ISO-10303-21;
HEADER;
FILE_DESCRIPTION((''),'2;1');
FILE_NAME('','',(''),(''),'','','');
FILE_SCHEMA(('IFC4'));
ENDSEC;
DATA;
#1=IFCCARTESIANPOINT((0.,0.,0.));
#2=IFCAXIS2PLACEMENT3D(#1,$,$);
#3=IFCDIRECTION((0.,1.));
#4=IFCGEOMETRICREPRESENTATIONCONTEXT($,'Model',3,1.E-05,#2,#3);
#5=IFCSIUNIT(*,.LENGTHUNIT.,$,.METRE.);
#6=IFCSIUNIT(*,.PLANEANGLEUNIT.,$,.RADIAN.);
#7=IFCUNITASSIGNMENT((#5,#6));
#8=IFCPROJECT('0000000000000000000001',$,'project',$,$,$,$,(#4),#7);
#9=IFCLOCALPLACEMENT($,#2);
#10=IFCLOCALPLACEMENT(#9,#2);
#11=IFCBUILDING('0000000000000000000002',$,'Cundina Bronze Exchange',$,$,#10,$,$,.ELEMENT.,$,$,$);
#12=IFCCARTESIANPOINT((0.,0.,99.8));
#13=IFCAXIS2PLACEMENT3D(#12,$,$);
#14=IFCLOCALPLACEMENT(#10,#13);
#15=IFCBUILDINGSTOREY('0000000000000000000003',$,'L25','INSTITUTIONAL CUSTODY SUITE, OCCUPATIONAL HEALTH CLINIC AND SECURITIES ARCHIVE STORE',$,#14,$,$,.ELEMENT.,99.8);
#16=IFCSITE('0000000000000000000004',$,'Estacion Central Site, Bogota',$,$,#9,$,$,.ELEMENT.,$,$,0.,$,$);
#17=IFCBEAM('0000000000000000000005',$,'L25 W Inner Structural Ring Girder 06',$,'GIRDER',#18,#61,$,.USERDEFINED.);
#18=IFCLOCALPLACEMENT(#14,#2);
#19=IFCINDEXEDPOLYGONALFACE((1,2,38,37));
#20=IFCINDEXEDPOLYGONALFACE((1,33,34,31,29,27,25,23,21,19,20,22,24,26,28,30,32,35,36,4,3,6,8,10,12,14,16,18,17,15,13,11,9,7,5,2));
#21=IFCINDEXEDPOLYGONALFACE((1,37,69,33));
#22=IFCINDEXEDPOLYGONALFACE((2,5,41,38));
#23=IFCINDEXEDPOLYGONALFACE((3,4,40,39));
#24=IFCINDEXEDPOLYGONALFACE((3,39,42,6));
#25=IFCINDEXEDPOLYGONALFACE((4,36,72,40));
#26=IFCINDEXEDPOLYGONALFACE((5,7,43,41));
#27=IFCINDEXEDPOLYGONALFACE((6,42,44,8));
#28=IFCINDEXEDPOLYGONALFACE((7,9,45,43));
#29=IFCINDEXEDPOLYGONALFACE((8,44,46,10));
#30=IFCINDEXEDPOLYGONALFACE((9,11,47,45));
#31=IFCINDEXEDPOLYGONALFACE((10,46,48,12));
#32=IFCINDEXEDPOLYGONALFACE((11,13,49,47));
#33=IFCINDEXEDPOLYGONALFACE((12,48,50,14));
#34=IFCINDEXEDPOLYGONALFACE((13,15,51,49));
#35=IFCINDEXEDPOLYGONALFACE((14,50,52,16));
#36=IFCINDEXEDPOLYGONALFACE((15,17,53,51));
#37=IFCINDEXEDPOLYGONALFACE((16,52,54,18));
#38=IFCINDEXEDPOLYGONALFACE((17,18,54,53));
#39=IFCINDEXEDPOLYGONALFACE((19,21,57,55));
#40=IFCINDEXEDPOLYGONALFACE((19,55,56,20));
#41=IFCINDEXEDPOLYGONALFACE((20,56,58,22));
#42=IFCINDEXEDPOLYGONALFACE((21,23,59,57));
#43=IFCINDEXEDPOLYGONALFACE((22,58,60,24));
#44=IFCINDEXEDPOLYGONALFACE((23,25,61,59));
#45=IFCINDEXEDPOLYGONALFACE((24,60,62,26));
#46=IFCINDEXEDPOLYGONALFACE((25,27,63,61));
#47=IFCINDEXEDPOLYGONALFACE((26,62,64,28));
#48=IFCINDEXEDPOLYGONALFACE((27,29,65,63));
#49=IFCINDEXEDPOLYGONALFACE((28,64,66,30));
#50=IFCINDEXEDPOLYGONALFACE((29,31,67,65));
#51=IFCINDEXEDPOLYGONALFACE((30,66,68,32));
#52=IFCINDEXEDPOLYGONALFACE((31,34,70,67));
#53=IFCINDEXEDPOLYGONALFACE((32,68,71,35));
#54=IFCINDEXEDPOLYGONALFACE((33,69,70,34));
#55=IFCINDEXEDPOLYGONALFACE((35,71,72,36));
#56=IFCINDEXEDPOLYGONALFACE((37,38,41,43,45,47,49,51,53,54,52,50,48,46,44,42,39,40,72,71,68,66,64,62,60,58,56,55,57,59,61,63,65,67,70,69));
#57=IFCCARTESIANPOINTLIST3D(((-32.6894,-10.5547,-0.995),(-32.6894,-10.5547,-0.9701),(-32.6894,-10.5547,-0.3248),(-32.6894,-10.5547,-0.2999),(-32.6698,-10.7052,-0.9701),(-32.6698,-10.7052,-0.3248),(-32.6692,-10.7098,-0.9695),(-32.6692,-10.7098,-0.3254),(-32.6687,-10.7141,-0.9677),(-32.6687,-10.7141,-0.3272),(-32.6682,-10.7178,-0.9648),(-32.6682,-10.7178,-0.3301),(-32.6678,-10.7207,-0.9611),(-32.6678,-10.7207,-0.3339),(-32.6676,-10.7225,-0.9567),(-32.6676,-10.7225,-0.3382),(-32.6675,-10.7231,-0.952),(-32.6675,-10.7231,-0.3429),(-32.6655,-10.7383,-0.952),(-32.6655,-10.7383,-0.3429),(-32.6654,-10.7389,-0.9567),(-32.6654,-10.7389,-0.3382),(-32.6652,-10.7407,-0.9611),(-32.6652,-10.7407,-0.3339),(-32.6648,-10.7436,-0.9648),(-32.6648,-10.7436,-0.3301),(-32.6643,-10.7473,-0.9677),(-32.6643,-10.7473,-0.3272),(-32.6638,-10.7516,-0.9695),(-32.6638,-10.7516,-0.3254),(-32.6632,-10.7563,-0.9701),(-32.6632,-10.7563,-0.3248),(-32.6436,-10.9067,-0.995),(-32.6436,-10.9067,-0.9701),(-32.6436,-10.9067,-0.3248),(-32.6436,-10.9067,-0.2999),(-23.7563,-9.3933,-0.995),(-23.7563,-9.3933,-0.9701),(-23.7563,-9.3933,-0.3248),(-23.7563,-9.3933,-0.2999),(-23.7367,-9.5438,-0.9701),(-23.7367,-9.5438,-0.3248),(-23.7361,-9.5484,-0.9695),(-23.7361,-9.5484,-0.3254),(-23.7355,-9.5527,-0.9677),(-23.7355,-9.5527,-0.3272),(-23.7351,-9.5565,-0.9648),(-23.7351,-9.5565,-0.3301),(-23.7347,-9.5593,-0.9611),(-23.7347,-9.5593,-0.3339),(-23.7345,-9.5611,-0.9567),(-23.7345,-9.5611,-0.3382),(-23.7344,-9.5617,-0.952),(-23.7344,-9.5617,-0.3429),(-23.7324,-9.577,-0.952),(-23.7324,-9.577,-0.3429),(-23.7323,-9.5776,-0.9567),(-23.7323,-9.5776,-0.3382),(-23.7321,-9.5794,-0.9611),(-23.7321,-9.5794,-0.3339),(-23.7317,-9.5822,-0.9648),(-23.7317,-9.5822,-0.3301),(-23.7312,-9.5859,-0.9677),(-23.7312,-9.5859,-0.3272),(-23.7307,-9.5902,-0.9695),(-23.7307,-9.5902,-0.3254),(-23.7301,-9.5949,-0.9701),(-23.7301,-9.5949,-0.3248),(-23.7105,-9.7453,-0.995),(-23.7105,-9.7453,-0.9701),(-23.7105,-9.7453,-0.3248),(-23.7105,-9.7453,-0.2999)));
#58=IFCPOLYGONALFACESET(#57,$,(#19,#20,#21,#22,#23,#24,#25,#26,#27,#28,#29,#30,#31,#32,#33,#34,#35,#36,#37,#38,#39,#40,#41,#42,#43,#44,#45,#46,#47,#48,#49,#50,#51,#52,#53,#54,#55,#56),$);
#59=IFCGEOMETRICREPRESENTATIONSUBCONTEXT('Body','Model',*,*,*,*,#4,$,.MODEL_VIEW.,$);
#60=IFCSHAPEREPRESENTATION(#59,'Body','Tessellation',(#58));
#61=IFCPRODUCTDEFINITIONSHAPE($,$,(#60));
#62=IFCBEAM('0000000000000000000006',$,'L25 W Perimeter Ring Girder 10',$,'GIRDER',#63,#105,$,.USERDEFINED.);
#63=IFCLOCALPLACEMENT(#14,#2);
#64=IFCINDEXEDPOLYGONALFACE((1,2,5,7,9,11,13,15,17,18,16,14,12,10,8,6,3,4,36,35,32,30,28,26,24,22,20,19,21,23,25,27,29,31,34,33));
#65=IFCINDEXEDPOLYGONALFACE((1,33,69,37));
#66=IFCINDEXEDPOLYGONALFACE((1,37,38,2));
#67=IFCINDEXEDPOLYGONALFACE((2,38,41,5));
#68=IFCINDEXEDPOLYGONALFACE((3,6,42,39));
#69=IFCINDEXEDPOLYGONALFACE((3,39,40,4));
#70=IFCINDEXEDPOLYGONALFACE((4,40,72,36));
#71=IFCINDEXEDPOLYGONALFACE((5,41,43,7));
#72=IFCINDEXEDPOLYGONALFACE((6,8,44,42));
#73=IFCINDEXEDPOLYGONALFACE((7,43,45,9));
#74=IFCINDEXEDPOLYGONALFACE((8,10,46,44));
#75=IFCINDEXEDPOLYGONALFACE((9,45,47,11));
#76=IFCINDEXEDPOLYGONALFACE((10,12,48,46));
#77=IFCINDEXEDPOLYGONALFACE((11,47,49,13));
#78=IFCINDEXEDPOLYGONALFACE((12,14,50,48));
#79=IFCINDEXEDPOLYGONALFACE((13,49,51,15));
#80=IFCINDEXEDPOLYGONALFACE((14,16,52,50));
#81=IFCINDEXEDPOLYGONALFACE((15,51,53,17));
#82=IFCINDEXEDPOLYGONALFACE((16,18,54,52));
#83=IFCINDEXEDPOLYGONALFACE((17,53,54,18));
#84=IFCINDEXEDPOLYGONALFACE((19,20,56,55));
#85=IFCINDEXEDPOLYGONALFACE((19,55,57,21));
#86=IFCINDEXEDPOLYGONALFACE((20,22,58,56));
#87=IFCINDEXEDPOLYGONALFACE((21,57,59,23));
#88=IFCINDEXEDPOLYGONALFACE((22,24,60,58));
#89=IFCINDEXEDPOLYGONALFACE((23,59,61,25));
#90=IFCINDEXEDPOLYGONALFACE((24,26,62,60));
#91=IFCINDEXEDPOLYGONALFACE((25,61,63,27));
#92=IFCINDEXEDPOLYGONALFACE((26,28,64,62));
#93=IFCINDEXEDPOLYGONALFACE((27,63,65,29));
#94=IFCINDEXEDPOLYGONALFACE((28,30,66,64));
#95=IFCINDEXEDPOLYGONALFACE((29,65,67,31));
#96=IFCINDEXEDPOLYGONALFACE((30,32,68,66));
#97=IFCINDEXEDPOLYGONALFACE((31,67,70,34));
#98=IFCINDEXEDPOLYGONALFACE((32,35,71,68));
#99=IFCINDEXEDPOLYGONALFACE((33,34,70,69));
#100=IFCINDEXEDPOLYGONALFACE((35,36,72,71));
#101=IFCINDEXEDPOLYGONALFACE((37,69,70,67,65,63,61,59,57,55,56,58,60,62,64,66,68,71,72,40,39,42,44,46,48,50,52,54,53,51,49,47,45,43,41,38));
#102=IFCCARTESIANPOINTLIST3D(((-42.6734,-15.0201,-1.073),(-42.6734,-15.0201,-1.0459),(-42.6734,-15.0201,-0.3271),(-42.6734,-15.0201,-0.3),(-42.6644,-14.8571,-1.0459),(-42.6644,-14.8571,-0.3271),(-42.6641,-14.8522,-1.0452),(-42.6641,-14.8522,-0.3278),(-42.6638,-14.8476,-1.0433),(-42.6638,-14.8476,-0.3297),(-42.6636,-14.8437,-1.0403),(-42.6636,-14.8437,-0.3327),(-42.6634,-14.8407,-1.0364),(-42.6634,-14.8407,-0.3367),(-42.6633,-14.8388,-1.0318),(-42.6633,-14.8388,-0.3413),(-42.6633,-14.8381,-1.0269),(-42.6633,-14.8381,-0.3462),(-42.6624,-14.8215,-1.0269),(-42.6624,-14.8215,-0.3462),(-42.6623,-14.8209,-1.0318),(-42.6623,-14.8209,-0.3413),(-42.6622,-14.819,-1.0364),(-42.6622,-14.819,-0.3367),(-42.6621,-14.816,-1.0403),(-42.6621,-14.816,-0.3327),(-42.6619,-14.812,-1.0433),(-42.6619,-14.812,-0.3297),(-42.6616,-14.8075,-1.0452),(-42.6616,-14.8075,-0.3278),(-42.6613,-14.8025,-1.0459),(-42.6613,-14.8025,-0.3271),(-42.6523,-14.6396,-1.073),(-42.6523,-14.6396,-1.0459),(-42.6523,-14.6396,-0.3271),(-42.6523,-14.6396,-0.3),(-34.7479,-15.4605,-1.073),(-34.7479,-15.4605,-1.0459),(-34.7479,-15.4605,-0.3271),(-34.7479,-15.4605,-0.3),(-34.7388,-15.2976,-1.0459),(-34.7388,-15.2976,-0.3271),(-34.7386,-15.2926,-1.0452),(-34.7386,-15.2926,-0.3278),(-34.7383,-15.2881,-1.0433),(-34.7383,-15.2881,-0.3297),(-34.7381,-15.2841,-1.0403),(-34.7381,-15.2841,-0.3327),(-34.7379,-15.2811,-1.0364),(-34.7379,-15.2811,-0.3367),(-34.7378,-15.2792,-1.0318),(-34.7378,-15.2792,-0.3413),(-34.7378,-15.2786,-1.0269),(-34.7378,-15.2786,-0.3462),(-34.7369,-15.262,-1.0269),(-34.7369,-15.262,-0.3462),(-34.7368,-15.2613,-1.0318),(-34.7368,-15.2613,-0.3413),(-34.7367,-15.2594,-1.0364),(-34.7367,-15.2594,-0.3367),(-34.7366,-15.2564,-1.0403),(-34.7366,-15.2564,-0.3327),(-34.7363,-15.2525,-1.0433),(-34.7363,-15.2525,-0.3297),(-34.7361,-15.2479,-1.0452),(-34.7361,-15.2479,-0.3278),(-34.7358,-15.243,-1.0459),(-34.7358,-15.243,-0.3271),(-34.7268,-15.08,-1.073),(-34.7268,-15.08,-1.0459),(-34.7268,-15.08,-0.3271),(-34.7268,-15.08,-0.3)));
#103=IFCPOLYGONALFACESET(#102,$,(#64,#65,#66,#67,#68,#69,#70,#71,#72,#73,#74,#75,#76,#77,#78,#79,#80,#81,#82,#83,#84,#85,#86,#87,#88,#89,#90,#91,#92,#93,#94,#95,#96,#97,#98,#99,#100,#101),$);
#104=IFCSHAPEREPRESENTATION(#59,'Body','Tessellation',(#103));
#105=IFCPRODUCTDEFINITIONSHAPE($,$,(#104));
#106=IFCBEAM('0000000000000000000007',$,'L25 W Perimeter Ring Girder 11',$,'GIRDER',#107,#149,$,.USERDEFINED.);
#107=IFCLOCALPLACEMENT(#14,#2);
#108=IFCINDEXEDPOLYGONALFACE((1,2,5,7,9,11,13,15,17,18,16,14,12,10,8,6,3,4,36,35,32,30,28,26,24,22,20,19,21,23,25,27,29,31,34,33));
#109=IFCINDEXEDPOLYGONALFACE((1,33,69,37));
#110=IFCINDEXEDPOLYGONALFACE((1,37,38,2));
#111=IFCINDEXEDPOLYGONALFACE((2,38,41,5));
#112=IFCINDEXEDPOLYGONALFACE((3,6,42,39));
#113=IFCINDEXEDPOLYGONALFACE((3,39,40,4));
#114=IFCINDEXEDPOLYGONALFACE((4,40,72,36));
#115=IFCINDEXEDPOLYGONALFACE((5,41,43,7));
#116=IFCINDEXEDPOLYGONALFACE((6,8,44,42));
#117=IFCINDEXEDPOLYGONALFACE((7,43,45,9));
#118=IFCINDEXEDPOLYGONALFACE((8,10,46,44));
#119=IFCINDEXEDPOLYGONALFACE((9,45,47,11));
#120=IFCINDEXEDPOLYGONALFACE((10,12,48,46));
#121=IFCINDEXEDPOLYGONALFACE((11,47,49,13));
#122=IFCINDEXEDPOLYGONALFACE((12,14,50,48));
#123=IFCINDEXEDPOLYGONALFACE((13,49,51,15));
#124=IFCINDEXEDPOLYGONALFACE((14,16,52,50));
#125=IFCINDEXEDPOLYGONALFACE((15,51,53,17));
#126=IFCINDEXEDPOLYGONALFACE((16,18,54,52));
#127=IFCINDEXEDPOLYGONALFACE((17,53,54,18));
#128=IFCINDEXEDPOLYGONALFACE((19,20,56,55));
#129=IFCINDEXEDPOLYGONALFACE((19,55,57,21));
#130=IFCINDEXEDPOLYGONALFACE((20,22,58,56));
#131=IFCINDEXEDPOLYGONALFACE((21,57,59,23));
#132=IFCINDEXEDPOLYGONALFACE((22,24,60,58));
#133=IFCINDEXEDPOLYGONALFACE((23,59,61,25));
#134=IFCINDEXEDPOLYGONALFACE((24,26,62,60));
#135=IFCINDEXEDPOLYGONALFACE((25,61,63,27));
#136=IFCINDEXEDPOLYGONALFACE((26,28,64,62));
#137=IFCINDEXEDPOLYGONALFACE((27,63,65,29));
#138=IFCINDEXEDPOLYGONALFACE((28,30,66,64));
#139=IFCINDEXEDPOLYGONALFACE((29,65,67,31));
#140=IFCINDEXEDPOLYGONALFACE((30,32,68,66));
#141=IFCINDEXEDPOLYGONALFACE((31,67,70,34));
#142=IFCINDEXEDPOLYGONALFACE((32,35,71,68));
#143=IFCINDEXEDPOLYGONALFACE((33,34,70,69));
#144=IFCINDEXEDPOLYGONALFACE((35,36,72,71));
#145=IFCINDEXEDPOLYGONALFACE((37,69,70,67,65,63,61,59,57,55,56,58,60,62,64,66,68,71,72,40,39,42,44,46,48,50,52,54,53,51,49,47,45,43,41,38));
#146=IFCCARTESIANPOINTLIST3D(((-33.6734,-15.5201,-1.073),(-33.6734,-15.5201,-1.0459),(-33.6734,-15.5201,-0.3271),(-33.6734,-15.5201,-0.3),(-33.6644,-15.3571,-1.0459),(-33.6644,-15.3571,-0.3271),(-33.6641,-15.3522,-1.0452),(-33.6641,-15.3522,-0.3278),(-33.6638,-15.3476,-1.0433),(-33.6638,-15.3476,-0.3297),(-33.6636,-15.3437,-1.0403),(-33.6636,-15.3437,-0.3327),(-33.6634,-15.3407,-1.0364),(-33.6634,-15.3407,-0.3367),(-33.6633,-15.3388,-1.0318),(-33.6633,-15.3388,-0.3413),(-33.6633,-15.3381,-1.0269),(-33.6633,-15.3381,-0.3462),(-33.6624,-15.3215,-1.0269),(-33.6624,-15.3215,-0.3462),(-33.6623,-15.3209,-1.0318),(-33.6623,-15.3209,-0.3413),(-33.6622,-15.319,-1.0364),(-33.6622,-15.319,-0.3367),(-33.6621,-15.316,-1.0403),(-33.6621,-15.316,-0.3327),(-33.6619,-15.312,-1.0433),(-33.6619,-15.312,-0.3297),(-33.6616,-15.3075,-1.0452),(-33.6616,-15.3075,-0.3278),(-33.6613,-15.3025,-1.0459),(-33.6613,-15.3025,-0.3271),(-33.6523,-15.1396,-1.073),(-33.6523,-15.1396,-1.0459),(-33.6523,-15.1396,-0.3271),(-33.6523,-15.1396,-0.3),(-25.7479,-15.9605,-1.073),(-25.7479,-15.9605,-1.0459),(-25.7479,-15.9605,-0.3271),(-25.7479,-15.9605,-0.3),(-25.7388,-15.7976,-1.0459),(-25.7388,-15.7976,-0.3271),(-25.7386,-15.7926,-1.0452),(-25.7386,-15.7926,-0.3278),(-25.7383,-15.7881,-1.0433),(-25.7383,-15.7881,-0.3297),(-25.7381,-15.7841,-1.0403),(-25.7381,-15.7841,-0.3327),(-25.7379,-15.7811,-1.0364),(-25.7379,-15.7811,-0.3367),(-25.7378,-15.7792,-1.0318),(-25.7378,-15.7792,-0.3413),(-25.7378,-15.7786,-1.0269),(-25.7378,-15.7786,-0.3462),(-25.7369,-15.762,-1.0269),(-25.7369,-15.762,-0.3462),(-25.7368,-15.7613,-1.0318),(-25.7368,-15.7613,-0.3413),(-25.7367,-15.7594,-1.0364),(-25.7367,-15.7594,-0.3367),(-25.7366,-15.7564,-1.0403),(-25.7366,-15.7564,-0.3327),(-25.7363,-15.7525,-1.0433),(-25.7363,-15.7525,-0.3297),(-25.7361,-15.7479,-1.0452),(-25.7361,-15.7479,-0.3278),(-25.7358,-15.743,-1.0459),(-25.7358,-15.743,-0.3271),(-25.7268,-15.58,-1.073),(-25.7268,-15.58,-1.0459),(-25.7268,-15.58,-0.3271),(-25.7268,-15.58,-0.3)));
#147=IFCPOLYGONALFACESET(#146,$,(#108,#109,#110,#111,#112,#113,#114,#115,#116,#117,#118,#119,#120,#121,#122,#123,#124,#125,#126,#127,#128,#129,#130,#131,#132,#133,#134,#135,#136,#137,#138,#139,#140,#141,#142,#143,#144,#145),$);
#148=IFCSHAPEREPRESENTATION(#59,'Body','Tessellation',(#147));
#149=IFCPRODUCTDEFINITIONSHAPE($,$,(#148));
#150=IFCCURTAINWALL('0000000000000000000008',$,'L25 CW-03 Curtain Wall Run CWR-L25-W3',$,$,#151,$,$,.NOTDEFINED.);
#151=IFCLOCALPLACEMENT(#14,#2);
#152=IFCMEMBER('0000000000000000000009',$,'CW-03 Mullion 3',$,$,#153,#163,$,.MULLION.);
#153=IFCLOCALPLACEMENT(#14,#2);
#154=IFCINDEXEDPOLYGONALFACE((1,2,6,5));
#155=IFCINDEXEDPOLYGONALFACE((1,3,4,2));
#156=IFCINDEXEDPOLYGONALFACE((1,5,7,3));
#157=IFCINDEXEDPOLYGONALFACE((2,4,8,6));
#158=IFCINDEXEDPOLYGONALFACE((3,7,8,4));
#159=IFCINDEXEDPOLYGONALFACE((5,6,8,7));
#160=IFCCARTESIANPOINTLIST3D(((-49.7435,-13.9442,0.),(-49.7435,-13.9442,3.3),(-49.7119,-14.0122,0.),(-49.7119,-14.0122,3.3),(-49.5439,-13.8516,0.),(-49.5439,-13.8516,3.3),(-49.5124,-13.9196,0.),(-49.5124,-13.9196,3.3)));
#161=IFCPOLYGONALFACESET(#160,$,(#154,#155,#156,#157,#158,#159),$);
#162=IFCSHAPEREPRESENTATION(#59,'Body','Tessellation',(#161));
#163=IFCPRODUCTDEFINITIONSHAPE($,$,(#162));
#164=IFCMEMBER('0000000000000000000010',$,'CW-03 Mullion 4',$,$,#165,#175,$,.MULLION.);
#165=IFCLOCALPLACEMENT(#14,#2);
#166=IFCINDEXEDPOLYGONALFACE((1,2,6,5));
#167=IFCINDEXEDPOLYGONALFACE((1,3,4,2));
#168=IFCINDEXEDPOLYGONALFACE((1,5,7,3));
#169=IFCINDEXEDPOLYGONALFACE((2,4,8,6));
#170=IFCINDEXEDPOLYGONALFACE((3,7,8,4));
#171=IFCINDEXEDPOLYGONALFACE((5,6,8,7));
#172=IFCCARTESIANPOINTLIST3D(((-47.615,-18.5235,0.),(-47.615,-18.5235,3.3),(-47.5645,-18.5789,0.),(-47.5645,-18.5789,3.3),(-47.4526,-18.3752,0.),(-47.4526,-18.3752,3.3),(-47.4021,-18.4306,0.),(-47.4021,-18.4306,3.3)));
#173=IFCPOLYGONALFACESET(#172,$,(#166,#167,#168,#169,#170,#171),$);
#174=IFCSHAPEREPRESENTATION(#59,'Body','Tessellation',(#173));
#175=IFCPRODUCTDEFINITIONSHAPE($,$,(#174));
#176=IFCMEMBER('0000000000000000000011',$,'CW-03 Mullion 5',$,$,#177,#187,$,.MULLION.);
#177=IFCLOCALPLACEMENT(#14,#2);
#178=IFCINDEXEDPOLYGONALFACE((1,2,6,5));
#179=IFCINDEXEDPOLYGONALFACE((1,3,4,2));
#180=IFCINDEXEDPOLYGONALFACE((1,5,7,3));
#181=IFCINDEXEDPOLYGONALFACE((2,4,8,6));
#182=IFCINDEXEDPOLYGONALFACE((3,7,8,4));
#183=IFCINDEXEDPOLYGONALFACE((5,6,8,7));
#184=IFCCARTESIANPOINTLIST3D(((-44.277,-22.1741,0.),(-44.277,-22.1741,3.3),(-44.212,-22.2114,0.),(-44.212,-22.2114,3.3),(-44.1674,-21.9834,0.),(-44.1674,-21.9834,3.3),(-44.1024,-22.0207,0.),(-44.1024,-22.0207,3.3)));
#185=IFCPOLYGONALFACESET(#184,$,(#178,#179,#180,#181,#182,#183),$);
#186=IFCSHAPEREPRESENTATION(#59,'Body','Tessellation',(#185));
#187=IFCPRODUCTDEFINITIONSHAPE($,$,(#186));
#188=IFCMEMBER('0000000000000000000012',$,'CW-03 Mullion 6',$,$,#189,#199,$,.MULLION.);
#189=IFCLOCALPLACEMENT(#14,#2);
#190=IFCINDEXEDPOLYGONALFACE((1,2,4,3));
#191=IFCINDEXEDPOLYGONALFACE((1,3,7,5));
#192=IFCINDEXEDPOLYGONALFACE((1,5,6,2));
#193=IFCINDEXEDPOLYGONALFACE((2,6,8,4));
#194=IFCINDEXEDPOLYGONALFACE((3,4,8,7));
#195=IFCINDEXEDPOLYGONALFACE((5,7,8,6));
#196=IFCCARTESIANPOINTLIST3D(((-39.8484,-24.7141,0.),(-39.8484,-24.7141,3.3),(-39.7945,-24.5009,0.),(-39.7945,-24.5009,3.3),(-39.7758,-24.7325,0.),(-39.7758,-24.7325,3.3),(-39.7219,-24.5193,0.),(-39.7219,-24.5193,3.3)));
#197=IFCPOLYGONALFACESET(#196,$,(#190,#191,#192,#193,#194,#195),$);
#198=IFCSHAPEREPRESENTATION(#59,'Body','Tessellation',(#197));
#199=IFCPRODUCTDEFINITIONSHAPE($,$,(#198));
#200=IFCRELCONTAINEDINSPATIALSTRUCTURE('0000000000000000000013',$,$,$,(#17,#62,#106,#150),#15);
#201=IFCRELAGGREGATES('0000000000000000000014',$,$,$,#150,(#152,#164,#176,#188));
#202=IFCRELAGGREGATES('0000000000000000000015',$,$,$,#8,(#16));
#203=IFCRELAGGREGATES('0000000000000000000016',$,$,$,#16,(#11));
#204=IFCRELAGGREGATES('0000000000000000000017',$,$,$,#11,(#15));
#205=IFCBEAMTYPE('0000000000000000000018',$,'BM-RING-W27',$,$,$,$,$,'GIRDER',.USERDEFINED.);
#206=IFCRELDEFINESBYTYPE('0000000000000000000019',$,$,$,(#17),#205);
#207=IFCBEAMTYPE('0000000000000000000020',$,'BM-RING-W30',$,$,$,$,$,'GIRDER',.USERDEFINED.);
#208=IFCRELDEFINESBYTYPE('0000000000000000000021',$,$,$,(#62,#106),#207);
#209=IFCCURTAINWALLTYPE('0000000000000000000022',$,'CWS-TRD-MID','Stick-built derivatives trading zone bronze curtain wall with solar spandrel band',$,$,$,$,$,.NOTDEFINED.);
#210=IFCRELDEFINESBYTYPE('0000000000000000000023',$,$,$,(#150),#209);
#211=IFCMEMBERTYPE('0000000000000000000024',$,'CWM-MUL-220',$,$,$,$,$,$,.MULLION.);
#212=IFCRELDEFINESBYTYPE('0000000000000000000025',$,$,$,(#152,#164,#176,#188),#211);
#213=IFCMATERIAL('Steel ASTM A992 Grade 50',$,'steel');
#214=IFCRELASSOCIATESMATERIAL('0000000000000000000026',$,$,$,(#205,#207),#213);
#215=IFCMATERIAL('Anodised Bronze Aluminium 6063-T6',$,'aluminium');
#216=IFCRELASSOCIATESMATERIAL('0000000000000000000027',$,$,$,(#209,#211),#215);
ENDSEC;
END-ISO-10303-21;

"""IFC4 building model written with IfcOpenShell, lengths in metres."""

from ifc_helpers import new_model, si_unit, direction, frame, origin, origin_2d, place, context, subcontext, project, spatial, rectangle, i_section, extrude, material, material_profile, profile_set, type_object, element, aggregate, save


model = new_model("IFC4")

# Units and contexts
model_context = context("Model", 3, precision=1e-05, world=origin(), true_north=direction((0.0, 1.0)))
body_context = subcontext(model_context, "Body", "Model", "MODEL_VIEW")
ifc_project = project(units=[si_unit("LENGTHUNIT", "METRE"), si_unit("PLANEANGLEUNIT", "RADIAN")], contexts=[model_context])

# Site, building, storey
site_placement = place(None, origin())
site = spatial("IfcSite", under=ifc_project, at=site_placement, Name="Estacion Central Site, Bogota", CompositionType="ELEMENT", RefElevation=0.0)
building_placement = place(site_placement, origin())
building = spatial("IfcBuilding", under=site, at=building_placement, Name="Cundina Bronze Exchange", CompositionType="ELEMENT")
storey_placement = place(building_placement, frame((0.0, 0.0, 99.8)))
storey = spatial("IfcBuildingStorey", under=building, at=storey_placement, Name="L25", Description="INSTITUTIONAL CUSTODY SUITE, OCCUPATIONAL HEALTH CLINIC AND SECURITIES ARCHIVE STORE", CompositionType="ELEMENT", Elevation=99.8)

# Beams
ifc_material_1 = material(Name="Steel ASTM A992 Grade 50", Category="steel")
ifc_material_profile_1 = material_profile(ifc_material_1, i_section(OverallWidth=0.355, OverallDepth=0.6951, WebThickness=0.0154, FlangeThickness=0.0249, FilletRadius=0.0181, at=origin_2d()), Name="W27X146", Category="steel")
ifc_profile_set_1 = profile_set([ifc_material_profile_1], Name="Steel ASTM A992 Grade 50")
beam_type_1 = type_object("IfcBeamType", Name="BM-RING-W27", ElementType="GIRDER", PredefinedType="USERDEFINED", material=ifc_profile_set_1)
beam_1_placement = place(storey_placement, frame((-32.6665, -10.7307, -0.6475), z_axis=(0.991655, 0.128923, 0.0), x_axis=(-0.128923, 0.991655, 0.0)))
element("IfcBeam", 1, at=beam_1_placement, inside=storey, type_object=beam_type_1, Name="L25 W Inner Structural Ring Girder 06", ObjectType="GIRDER", PredefinedType="USERDEFINED", context=body_context, shape_type="SweptSolid", body=[
    extrude(i_section(OverallWidth=0.355, OverallDepth=0.6951, WebThickness=0.0154, FlangeThickness=0.0249, FilletRadius=0.0181, at=origin_2d()), origin(), (0.0, 0.0, 1.0), 9.0083),
])
ifc_material_profile_2 = material_profile(ifc_material_1, i_section(OverallWidth=0.3811, OverallDepth=0.7729, WebThickness=0.0166, FlangeThickness=0.0271, FilletRadius=0.019, at=origin_2d()), Name="W30X173", Category="steel")
ifc_profile_set_2 = profile_set([ifc_material_profile_2], Name="Steel ASTM A992 Grade 50")
beam_type_2 = type_object("IfcBeamType", Name="BM-RING-W30", ElementType="GIRDER", PredefinedType="USERDEFINED", material=ifc_profile_set_2)
for number, where, z_axis, x_axis, name in (
    (2, (-42.6628, -14.8298, -0.6865), (0.99846, -0.055485, 0.0), (0.055485, 0.99846, 0.0), "L25 W Perimeter Ring Girder 10"),
    (3, (-33.6628, -15.3298, -0.6865), (0.99846, -0.055485, 0.0), (0.055485, 0.99846, 0.0), "L25 W Perimeter Ring Girder 11"),
):
    element("IfcBeam", number, at=place(storey_placement, frame(where, z_axis=z_axis, x_axis=x_axis)), inside=storey, type_object=beam_type_2, Name=name, ObjectType="GIRDER", PredefinedType="USERDEFINED", context=body_context, shape_type="SweptSolid", body=[
        extrude(i_section(OverallWidth=0.3811, OverallDepth=0.7729, WebThickness=0.0166, FlangeThickness=0.0271, FilletRadius=0.019, at=origin_2d()), origin(), (0.0, 0.0, 1.0), 7.9377),
    ])

# Curtain wall, members
ifc_material_2 = material(Name="Anodised Bronze Aluminium 6063-T6", Category="aluminium")
curtain_wall_type = type_object("IfcCurtainWallType", Name="CWS-TRD-MID", Description="Stick-built derivatives trading zone bronze curtain wall with solar spandrel band", PredefinedType="NOTDEFINED", material=ifc_material_2)
curtain_wall_placement = place(storey_placement, origin())
curtain_wall = element("IfcCurtainWall", 4, at=curtain_wall_placement, inside=storey, type_object=curtain_wall_type, Name="L25 CW-03 Curtain Wall Run CWR-L25-W3", PredefinedType="NOTDEFINED")
ifc_material_profile_3 = material_profile(ifc_material_2, rectangle(XDim=0.075, YDim=0.22, at=origin_2d()), Name="AL75X220", Category="aluminium")
ifc_profile_set_3 = profile_set([ifc_material_profile_3], Name="Anodised Bronze Aluminium 6063-T6")
member_type_1 = type_object("IfcMemberType", Name="CWM-MUL-220", PredefinedType="MULLION", material=ifc_profile_set_3)
member_1_placement = place(storey_placement, frame((-49.6279, -13.9319, 0.0), z_axis=(0.0, 0.0, 1.0), x_axis=(0.420877, -0.907117, 0.0)))
member_1 = element("IfcMember", 5, at=member_1_placement, type_object=member_type_1, Name="CW-03 Mullion 3", PredefinedType="MULLION", context=body_context, shape_type="SweptSolid", body=[
    extrude(rectangle(XDim=0.075, YDim=0.22, at=origin_2d()), origin(), (0.0, 0.0, 1.0), 3.3),
])
member_2_placement = place(storey_placement, frame((-47.5085, -18.4771, 0.0), z_axis=(0.0, 0.0, 1.0), x_axis=(0.674302, -0.738455, 0.0)))
member_2 = element("IfcMember", 6, at=member_2_placement, type_object=member_type_1, Name="CW-03 Mullion 4", PredefinedType="MULLION", context=body_context, shape_type="SweptSolid", body=[
    extrude(rectangle(XDim=0.075, YDim=0.22, at=origin_2d()), origin(), (0.0, 0.0, 1.0), 3.3),
])
member_3_placement = place(storey_placement, frame((-44.1897, -22.0974, 0.0), z_axis=(0.0, 0.0, 1.0), x_axis=(0.867071, -0.498185, 0.0)))
member_3 = element("IfcMember", 7, at=member_3_placement, type_object=member_type_1, Name="CW-03 Mullion 5", PredefinedType="MULLION", context=body_context, shape_type="SweptSolid", body=[
    extrude(rectangle(XDim=0.075, YDim=0.22, at=origin_2d()), origin(), (0.0, 0.0, 1.0), 3.3),
])
member_4_placement = place(storey_placement, frame((-39.7852, -24.6167, 0.0), z_axis=(0.0, 0.0, 1.0), x_axis=(0.969488, -0.245138, 0.0)))
member_4 = element("IfcMember", 8, at=member_4_placement, type_object=member_type_1, Name="CW-03 Mullion 6", PredefinedType="MULLION", context=body_context, shape_type="SweptSolid", body=[
    extrude(rectangle(XDim=0.075, YDim=0.22, at=origin_2d()), origin(), (0.0, 0.0, 1.0), 3.3),
])
aggregate(curtain_wall, [member_1, member_2, member_3, member_4])

save(model, "model.ifc")
